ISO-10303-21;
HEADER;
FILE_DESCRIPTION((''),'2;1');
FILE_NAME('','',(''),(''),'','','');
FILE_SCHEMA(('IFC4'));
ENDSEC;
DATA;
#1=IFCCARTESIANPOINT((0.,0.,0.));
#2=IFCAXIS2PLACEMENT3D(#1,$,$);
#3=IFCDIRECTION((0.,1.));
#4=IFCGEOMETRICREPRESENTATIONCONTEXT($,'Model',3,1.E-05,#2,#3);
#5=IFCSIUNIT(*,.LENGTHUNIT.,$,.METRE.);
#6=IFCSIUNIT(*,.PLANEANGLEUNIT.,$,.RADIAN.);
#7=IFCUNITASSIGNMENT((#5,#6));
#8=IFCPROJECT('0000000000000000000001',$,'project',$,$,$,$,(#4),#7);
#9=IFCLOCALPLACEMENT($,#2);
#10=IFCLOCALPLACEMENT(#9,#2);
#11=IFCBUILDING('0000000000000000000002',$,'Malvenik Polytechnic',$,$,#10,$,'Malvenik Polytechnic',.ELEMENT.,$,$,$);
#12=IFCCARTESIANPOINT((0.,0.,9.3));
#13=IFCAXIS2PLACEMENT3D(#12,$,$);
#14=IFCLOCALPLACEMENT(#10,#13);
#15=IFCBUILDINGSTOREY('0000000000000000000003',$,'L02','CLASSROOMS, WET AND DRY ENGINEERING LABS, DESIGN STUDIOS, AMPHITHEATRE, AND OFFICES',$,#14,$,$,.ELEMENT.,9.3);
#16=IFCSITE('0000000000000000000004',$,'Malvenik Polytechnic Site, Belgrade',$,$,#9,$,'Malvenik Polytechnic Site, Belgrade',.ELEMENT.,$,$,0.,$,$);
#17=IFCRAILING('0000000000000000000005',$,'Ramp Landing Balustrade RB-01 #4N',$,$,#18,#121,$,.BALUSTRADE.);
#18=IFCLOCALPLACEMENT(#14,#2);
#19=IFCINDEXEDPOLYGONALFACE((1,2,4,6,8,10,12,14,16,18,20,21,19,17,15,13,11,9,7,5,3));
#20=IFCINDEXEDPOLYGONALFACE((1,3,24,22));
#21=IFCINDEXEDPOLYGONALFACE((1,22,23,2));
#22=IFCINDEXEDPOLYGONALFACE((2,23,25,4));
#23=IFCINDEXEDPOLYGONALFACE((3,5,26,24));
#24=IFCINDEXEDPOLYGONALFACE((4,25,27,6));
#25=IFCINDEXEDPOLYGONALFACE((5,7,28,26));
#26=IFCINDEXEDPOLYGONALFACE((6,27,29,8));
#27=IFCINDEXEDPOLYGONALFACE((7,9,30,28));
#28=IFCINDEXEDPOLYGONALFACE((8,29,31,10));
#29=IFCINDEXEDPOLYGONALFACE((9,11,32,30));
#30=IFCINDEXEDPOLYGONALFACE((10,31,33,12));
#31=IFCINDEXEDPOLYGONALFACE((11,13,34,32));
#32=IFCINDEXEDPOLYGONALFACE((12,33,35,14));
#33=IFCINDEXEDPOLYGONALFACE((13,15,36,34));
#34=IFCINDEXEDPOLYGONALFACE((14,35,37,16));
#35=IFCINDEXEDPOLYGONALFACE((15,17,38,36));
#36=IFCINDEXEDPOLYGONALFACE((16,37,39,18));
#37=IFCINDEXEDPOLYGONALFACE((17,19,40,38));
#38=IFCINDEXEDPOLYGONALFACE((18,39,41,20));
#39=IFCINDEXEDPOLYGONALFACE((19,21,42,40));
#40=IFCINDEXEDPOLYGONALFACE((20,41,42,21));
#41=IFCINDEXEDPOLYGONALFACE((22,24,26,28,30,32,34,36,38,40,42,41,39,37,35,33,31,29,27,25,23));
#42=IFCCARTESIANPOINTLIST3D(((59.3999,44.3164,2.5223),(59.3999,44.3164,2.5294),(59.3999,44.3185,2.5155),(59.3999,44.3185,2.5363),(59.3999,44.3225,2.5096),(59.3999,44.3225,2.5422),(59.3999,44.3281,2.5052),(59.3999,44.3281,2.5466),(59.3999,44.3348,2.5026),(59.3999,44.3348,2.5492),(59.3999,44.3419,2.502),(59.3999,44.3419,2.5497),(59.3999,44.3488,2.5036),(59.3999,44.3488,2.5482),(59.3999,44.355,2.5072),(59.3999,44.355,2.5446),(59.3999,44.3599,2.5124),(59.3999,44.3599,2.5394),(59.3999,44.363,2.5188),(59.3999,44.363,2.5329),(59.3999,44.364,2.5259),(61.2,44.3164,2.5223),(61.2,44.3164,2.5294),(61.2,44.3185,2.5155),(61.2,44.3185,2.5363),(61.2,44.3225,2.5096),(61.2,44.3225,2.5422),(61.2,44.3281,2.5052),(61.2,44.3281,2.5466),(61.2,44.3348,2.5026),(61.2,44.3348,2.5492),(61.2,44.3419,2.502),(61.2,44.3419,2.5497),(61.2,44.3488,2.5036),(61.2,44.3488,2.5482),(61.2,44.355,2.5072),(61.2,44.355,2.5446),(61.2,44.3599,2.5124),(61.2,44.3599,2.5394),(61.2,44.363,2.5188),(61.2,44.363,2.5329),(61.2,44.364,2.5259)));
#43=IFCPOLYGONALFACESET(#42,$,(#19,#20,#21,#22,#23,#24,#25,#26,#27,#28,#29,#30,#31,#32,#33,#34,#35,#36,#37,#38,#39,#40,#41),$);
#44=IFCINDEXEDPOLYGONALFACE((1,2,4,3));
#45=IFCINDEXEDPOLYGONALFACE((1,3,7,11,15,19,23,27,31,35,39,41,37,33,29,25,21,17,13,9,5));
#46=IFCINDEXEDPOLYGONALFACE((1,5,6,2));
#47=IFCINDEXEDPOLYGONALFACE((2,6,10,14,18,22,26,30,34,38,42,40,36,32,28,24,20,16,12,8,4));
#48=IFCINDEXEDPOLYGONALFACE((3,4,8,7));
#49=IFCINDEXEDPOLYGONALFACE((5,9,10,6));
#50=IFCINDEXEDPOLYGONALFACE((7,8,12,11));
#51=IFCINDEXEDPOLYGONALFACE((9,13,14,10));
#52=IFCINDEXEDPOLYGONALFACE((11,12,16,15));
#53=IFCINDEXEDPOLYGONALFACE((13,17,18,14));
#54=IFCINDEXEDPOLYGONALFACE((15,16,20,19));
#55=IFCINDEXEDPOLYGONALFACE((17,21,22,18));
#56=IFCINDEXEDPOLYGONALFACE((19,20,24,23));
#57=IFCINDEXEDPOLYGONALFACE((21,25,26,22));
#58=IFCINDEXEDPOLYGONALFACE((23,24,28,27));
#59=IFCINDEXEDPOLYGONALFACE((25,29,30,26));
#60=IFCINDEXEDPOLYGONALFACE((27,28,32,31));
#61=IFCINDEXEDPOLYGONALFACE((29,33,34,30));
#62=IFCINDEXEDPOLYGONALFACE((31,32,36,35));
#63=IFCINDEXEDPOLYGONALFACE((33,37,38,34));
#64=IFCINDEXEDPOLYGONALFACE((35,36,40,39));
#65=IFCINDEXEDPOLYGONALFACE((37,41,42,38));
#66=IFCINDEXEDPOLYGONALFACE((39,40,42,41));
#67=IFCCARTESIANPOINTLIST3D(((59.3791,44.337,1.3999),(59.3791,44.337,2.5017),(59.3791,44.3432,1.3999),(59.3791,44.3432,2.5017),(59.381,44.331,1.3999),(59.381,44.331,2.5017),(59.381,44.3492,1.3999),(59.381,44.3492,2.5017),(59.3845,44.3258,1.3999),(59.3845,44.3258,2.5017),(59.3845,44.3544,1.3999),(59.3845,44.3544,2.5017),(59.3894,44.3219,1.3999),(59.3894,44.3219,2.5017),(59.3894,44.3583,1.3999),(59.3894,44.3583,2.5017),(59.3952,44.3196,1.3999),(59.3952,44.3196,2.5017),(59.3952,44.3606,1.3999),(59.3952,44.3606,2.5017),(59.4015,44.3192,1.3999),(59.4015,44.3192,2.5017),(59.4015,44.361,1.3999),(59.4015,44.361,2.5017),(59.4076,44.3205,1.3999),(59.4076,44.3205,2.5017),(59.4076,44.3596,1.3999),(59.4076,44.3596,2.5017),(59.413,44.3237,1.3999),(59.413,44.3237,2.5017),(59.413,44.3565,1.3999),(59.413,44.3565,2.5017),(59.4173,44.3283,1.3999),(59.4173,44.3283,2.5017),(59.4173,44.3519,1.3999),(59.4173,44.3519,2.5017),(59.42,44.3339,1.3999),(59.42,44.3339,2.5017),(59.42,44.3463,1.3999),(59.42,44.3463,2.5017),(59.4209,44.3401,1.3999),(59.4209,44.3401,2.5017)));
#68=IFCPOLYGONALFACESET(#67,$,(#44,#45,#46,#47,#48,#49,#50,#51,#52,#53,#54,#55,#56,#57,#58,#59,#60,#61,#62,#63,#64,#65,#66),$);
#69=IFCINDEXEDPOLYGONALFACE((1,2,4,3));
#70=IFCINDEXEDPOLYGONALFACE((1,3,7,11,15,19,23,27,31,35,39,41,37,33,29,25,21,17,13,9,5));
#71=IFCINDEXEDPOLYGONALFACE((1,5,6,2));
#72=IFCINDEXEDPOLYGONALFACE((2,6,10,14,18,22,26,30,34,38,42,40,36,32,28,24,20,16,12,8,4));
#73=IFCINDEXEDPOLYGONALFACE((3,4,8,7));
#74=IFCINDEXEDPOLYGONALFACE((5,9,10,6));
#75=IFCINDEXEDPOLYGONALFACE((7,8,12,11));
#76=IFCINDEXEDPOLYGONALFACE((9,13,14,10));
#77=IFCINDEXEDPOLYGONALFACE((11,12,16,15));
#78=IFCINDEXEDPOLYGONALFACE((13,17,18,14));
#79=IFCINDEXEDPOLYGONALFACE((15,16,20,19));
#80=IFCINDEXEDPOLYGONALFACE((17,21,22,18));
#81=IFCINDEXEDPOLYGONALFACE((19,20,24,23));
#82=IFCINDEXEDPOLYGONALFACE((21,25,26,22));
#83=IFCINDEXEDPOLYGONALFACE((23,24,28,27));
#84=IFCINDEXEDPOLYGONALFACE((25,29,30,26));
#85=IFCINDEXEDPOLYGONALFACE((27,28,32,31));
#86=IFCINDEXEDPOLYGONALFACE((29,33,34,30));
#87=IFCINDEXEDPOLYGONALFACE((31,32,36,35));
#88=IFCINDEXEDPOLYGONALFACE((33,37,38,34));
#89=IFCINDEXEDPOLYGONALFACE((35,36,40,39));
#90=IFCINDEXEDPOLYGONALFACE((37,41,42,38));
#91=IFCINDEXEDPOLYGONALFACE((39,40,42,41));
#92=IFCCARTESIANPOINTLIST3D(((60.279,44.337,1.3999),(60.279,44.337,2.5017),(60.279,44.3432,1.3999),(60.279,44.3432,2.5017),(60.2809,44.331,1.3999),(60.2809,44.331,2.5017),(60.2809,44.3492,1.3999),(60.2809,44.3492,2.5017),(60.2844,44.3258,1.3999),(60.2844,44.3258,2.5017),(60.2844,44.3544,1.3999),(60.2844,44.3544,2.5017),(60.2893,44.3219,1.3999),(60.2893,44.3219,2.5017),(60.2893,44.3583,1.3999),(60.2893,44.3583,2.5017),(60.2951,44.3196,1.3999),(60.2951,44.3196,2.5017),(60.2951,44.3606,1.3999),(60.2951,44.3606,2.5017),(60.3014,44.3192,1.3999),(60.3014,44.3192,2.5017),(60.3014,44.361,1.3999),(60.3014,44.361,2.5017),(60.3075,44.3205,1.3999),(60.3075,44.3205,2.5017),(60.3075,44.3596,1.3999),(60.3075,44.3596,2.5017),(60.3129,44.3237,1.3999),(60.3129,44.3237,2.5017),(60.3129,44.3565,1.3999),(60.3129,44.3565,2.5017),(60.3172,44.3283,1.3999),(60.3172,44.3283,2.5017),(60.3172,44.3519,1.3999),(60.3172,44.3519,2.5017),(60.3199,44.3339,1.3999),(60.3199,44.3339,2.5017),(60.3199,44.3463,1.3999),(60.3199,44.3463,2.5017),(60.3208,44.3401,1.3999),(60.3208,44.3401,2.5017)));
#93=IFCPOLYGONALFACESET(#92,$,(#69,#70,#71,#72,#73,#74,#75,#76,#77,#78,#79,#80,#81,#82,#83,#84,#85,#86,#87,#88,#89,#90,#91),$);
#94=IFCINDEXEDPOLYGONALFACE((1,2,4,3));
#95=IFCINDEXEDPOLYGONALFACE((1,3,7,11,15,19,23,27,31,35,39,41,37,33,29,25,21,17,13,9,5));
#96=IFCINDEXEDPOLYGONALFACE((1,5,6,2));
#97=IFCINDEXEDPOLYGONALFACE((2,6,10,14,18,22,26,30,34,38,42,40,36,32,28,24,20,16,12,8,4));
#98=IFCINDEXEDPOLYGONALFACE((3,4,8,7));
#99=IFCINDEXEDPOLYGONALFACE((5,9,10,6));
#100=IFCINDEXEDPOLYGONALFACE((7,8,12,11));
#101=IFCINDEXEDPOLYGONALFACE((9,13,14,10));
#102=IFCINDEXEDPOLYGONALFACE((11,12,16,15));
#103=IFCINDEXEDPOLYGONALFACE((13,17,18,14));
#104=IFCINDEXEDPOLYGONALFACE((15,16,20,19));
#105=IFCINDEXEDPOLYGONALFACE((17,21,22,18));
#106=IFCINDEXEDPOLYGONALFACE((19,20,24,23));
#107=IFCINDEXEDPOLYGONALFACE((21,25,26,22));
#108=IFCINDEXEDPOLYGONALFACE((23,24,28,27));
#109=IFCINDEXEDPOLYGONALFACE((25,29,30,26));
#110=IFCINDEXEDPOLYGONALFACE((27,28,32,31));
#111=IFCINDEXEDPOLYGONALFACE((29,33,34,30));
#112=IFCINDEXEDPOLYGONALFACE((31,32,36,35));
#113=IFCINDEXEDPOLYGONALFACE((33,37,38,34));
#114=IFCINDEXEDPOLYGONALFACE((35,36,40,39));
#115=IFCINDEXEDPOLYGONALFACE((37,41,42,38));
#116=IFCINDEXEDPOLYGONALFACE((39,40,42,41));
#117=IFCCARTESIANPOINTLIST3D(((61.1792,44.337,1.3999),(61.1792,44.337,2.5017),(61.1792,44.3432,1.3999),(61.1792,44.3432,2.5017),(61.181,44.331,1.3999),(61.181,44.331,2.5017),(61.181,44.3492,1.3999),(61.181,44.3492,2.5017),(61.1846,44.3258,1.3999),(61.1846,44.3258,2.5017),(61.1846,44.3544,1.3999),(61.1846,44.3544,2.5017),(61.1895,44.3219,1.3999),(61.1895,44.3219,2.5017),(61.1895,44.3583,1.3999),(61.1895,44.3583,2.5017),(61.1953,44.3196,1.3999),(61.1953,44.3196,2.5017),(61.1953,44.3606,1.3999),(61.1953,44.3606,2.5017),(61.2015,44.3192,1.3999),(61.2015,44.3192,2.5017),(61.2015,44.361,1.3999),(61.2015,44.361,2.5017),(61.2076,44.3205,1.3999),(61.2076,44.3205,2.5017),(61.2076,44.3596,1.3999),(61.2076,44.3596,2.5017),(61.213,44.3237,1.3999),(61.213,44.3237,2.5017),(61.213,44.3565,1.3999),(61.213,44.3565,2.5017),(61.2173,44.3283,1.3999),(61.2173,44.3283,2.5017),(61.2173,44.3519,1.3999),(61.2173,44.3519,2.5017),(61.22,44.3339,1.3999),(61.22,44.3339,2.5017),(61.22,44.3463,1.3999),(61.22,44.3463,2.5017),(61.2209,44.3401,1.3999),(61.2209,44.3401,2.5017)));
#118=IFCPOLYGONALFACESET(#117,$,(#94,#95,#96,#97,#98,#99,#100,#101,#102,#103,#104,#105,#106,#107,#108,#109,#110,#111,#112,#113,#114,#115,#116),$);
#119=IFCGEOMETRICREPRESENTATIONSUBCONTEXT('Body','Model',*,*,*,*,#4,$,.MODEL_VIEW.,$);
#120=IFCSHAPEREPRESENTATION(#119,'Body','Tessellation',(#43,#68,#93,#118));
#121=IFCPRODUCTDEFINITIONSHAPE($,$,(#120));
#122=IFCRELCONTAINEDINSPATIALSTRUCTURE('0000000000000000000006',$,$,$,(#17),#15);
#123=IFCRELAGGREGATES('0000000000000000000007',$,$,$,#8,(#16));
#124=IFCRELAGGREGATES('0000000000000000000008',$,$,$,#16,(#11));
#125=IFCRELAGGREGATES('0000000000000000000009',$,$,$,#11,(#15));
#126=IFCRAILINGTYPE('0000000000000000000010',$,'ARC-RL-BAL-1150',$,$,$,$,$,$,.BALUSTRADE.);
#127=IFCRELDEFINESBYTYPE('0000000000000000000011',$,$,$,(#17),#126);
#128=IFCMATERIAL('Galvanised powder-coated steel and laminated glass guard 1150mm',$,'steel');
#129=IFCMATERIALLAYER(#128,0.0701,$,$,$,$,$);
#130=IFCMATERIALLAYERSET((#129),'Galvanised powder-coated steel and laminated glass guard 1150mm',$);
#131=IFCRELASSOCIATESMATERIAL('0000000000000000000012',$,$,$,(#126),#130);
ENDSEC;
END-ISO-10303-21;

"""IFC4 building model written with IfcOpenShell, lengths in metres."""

from ifc_helpers import new_model, si_unit, direction, frame, origin, origin_2d, place, context, subcontext, project, spatial, circle, extrude, material, layer, layer_set, type_object, element, save


model = new_model("IFC4")

# Units and contexts
model_context = context("Model", 3, precision=1e-05, world=origin(), true_north=direction((0.0, 1.0)))
body_context = subcontext(model_context, "Body", "Model", "MODEL_VIEW")
ifc_project = project(units=[si_unit("LENGTHUNIT", "METRE"), si_unit("PLANEANGLEUNIT", "RADIAN")], contexts=[model_context])

# Site, building, storey
site_placement = place(None, origin())
site = spatial("IfcSite", under=ifc_project, at=site_placement, Name="Malvenik Polytechnic Site, Belgrade", LongName="Malvenik Polytechnic Site, Belgrade", CompositionType="ELEMENT", RefElevation=0.0)
building_placement = place(site_placement, origin())
building = spatial("IfcBuilding", under=site, at=building_placement, Name="Malvenik Polytechnic", LongName="Malvenik Polytechnic", CompositionType="ELEMENT")
storey_placement = place(building_placement, frame((0.0, 0.0, 9.3)))
storey = spatial("IfcBuildingStorey", under=building, at=storey_placement, Name="L02", Description="CLASSROOMS, WET AND DRY ENGINEERING LABS, DESIGN STUDIOS, AMPHITHEATRE, AND OFFICES", CompositionType="ELEMENT", Elevation=9.3)

# Railing
ifc_material_1 = material(Name="Galvanised powder-coated steel and laminated glass guard 1150mm", Category="steel")
ifc_layer_1 = layer(ifc_material_1, 0.0701)
ifc_layer_set_1 = layer_set([ifc_layer_1], Name="Galvanised powder-coated steel and laminated glass guard 1150mm")
railing_type_1 = type_object("IfcRailingType", Name="ARC-RL-BAL-1150", PredefinedType="BALUSTRADE", material=ifc_layer_set_1)
railing_1_placement = place(storey_placement, frame((59.3999, 44.3401, 1.3999)))
element("IfcRailing", 1, at=railing_1_placement, inside=storey, type_object=railing_type_1, Name="Ramp Landing Balustrade RB-01 #4N", PredefinedType="BALUSTRADE", context=body_context, shape_type="SweptSolid", body=[
    extrude(circle(Radius=0.0239, at=origin_2d()), frame((0.0, 0.0, 1.126), z_axis=(1.0, 0.0, 0.0), x_axis=(0.0, 1.0, 0.0)), (0.0, 0.0, 1.0), 1.8),
    extrude(circle(Radius=0.021, at=origin_2d()), origin(), (0.0, 0.0, 1.0), 1.1018),
    extrude(circle(Radius=0.021, at=origin_2d()), frame((0.8999, 0.0, 0.0)), (0.0, 0.0, 1.0), 1.1018),
    extrude(circle(Radius=0.021, at=origin_2d()), frame((1.8, 0.0, 0.0)), (0.0, 0.0, 1.0), 1.1018),
])

save(model, "model.ifc")
